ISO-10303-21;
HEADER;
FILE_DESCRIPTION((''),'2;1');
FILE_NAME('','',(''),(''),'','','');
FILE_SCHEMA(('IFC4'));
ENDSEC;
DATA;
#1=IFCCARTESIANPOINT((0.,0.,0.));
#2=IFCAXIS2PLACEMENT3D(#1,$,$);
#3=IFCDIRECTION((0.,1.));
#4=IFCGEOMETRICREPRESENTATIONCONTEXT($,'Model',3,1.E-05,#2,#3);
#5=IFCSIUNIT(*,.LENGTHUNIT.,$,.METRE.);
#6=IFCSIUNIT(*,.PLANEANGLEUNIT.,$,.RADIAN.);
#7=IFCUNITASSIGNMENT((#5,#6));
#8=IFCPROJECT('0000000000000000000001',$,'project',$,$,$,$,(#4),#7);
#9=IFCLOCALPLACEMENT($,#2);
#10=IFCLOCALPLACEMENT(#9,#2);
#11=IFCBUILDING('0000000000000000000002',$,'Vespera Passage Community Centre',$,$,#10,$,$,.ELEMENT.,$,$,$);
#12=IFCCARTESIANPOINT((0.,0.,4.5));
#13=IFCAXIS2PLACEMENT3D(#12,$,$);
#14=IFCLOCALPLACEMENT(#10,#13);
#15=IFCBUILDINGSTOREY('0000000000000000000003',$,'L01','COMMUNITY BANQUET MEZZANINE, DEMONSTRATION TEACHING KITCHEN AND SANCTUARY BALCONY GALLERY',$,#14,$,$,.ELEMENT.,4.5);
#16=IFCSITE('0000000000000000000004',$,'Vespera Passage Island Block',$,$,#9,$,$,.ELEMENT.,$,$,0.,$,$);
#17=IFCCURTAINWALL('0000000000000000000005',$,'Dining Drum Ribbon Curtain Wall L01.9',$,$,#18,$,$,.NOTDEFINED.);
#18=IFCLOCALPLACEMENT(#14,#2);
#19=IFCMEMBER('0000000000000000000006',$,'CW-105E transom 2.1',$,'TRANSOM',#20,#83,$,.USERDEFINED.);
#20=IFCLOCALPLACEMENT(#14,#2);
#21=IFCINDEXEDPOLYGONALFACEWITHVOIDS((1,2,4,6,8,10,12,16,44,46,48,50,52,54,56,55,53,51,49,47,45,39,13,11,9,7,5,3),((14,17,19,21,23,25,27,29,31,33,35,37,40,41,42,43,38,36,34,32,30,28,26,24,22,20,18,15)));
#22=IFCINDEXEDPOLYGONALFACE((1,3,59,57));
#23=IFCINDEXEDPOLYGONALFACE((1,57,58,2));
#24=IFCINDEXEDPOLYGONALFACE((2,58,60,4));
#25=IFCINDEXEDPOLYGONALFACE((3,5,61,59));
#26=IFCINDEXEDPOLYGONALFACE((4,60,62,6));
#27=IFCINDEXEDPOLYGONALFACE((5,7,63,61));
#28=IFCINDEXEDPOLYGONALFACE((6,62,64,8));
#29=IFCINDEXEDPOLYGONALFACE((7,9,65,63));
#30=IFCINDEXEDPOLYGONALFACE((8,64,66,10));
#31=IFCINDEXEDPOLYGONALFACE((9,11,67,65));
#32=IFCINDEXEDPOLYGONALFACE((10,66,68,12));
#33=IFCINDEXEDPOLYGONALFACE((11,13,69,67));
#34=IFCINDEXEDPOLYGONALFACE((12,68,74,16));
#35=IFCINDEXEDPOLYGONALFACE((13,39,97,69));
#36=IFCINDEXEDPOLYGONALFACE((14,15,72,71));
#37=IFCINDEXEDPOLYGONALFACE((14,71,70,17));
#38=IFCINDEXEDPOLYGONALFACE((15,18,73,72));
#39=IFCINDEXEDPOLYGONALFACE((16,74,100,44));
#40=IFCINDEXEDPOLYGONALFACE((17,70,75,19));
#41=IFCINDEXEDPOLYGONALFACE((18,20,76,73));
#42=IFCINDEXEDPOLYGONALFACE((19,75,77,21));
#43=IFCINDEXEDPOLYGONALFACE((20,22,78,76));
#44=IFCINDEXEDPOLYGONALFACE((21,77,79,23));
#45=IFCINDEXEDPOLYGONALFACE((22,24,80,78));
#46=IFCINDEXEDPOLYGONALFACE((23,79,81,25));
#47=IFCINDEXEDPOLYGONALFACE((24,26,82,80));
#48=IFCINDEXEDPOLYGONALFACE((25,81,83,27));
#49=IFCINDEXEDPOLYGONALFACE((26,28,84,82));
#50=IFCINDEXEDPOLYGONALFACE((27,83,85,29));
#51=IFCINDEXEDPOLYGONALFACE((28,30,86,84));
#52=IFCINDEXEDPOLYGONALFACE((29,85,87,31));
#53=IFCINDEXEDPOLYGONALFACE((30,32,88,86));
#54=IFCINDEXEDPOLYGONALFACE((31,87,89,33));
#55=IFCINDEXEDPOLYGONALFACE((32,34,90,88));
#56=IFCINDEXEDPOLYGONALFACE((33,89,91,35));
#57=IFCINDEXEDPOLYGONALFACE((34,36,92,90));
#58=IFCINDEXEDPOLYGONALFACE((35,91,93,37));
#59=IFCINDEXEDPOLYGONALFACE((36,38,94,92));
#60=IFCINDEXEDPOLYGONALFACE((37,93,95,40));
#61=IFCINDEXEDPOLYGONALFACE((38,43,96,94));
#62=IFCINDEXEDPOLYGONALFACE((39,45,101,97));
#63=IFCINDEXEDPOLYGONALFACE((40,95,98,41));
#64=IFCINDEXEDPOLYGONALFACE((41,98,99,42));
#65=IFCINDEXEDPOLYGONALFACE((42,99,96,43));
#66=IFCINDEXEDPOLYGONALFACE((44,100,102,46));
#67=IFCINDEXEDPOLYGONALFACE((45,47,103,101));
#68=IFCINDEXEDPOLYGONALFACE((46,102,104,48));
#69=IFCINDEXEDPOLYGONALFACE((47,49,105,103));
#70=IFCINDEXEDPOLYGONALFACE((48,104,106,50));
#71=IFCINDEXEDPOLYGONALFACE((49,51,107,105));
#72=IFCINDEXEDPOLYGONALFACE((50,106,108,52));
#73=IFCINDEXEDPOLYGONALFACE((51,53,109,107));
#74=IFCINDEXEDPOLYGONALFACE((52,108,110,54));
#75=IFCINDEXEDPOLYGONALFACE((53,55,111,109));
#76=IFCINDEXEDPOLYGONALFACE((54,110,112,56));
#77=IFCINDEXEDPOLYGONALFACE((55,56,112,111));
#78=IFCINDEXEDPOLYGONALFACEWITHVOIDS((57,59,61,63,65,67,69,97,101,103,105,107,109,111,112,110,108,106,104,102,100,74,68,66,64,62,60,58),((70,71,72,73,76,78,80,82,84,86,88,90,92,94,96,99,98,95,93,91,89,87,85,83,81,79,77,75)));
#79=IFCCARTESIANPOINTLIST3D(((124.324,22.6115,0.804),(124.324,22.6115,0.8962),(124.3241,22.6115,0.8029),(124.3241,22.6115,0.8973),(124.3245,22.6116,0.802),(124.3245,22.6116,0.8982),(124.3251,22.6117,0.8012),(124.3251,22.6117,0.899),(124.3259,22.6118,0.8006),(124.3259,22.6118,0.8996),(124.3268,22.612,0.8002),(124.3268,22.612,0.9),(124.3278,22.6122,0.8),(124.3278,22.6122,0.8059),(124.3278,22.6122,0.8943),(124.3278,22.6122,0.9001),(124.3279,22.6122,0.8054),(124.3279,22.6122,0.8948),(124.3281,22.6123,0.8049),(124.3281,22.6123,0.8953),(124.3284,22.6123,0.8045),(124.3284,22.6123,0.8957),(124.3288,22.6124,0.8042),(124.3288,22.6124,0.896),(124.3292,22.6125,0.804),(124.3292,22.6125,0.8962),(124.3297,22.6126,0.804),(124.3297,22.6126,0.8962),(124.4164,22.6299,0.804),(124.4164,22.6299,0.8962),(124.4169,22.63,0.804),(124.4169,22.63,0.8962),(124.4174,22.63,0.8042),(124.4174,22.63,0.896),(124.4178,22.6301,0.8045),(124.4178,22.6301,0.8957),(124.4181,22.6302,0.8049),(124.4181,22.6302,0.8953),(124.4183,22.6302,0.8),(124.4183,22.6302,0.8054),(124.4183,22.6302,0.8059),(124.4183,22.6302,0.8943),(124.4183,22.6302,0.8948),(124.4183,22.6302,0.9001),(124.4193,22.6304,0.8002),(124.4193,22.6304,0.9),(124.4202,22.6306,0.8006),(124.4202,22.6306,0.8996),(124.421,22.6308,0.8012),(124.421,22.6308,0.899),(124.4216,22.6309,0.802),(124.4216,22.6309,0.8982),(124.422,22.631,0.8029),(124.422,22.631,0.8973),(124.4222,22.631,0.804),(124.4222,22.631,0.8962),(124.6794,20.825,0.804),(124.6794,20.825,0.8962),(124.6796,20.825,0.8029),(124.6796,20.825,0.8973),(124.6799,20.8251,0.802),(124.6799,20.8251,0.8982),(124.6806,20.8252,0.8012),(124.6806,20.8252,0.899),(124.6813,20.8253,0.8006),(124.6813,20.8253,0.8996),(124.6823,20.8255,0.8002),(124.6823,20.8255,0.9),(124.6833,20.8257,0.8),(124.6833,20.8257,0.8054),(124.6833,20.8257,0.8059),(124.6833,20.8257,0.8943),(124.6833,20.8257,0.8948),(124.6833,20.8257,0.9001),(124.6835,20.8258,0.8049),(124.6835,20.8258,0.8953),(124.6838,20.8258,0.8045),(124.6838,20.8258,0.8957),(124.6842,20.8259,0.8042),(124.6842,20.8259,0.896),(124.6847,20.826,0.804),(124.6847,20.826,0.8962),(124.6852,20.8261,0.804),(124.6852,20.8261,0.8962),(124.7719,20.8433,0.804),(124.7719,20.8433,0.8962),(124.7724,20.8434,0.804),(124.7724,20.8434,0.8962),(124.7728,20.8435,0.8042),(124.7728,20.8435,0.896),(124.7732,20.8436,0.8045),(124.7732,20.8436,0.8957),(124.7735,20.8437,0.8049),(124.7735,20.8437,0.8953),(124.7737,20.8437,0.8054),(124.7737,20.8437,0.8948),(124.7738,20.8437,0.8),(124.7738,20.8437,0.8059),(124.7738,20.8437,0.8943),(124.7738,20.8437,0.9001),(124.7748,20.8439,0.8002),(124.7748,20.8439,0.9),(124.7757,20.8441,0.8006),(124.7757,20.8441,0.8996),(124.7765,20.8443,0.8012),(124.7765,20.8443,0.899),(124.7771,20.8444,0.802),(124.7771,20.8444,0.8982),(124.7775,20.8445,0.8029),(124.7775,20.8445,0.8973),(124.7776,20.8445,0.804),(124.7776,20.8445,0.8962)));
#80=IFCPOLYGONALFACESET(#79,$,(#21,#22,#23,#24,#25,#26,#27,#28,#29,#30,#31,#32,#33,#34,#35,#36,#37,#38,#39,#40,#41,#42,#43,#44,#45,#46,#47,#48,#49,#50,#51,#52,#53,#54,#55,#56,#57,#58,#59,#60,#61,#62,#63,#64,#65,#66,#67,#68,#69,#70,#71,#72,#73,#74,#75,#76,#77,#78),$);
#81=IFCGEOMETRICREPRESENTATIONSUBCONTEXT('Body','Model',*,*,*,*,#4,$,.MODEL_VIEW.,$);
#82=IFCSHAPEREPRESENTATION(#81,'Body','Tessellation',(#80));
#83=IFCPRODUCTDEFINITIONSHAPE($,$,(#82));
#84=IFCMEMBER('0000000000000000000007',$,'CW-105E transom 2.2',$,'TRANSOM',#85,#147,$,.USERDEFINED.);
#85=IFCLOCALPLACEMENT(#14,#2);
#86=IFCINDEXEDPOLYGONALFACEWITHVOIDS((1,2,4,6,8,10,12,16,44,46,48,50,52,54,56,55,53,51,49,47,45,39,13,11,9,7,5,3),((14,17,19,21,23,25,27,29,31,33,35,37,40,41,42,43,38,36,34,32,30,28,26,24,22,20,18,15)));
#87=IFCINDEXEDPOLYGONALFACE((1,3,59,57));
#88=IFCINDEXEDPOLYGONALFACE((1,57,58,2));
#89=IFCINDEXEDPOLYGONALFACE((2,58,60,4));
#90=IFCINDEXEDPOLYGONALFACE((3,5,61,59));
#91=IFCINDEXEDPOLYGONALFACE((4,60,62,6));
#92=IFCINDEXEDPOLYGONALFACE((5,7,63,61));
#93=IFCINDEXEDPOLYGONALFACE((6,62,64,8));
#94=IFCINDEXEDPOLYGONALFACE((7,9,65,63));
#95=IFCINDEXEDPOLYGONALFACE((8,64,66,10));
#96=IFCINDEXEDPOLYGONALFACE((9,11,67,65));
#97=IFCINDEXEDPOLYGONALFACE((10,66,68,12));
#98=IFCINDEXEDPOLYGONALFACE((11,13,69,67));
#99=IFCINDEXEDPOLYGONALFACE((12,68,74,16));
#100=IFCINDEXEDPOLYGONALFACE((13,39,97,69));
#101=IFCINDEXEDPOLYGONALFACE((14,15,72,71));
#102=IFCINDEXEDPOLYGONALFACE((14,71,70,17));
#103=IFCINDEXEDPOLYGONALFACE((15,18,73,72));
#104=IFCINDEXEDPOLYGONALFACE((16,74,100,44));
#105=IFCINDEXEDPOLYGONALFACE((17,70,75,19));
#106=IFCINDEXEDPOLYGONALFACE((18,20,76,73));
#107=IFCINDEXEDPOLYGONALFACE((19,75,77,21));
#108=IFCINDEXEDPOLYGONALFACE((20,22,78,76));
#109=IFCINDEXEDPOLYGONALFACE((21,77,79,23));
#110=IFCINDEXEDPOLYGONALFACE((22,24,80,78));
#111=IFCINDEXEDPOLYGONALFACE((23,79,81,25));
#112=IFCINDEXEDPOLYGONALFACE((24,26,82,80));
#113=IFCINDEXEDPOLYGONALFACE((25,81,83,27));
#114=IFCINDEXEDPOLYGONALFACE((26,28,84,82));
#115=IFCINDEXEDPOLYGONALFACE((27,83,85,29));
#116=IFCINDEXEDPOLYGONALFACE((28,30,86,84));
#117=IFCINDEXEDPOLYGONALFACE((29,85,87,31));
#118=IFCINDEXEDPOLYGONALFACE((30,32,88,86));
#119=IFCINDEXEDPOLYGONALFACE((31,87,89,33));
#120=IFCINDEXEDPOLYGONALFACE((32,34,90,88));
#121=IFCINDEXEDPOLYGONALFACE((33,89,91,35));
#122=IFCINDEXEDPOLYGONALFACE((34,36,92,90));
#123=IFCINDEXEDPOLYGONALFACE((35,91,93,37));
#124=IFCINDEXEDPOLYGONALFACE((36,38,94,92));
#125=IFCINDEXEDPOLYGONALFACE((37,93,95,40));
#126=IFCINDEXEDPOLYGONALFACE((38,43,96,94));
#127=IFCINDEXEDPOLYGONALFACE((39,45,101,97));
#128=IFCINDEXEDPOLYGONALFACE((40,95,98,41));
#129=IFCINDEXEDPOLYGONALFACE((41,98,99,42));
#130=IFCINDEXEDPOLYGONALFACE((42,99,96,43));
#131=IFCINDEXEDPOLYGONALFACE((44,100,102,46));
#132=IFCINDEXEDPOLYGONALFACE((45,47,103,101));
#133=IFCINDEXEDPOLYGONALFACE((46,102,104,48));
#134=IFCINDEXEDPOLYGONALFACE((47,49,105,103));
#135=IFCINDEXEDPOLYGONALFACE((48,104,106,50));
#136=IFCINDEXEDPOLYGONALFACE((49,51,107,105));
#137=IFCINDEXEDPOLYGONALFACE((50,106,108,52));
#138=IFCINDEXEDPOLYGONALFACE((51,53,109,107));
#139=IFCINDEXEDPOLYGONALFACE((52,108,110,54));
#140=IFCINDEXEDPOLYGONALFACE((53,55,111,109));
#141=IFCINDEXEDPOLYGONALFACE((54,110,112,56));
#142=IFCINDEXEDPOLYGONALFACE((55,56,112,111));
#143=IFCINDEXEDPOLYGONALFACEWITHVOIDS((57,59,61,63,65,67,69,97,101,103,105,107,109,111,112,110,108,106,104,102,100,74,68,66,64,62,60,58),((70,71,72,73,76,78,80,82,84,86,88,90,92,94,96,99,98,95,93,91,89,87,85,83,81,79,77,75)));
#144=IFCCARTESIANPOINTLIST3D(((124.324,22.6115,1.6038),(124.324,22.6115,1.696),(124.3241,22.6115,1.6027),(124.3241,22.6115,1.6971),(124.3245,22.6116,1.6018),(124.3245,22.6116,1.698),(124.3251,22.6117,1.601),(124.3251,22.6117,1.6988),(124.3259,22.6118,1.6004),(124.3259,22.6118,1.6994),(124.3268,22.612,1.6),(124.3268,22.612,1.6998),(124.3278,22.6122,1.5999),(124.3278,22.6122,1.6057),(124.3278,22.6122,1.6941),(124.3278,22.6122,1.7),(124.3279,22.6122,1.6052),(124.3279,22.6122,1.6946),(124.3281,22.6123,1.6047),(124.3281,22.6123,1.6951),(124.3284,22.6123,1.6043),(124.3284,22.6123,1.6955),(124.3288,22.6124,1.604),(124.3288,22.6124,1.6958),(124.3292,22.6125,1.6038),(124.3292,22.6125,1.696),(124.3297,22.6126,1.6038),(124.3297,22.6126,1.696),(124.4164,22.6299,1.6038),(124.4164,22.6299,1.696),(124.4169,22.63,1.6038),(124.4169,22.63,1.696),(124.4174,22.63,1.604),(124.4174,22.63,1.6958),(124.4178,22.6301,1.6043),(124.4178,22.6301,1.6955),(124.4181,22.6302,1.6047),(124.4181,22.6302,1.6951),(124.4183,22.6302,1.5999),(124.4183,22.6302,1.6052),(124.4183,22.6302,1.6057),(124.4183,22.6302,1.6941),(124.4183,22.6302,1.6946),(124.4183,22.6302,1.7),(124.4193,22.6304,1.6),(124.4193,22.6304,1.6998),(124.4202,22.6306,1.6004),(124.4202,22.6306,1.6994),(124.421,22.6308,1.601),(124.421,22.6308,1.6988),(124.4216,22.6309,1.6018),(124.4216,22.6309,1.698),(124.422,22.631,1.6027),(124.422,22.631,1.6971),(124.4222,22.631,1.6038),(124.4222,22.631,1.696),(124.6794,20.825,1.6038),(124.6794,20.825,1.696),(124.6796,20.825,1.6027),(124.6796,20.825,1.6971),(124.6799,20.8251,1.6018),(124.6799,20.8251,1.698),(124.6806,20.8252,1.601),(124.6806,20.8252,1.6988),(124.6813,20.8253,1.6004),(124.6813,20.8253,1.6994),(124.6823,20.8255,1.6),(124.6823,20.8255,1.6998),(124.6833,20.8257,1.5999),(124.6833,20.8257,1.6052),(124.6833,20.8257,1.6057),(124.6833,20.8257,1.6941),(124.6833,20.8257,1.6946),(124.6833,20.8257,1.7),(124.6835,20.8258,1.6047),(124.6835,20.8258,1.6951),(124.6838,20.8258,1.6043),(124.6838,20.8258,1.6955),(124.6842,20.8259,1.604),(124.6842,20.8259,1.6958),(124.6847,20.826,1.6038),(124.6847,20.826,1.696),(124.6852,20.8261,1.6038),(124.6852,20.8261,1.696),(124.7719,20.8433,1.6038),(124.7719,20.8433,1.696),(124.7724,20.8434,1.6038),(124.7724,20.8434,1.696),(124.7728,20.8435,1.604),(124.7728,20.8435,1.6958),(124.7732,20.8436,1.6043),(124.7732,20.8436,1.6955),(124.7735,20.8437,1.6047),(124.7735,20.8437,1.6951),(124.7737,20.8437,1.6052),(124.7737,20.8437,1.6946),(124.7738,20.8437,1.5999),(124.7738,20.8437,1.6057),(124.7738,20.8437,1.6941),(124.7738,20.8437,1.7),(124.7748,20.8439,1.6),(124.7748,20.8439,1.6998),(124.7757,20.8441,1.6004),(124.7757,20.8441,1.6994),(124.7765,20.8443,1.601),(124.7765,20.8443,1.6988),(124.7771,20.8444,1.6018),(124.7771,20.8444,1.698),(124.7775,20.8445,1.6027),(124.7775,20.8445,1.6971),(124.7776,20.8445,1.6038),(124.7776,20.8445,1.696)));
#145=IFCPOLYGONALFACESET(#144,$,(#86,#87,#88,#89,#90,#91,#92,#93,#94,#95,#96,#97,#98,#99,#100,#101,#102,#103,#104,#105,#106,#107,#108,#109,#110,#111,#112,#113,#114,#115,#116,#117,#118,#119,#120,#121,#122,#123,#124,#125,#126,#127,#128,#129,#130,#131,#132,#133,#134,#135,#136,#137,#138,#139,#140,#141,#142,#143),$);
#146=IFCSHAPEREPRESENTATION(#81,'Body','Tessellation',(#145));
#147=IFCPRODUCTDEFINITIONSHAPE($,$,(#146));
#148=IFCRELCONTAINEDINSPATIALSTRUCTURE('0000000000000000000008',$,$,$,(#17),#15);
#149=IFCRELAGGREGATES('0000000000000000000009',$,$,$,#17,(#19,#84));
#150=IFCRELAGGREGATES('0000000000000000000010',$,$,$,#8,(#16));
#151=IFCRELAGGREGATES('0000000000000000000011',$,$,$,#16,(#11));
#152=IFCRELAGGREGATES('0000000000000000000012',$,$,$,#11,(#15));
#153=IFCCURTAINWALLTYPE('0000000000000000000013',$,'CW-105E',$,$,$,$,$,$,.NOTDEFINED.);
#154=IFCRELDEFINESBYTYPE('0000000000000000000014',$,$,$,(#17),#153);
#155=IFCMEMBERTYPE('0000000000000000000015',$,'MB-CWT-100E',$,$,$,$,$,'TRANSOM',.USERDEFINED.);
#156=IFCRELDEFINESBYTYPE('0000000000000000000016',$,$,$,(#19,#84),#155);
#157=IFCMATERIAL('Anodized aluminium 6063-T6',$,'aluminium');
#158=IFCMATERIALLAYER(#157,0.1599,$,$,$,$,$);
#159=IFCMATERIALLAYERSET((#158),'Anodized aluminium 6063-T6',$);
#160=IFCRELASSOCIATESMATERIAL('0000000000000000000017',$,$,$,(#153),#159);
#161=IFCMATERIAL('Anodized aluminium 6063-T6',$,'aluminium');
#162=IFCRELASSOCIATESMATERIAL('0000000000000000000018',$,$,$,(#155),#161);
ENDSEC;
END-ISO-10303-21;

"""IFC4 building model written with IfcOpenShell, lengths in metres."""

from ifc_helpers import new_model, si_unit, direction, frame, origin, origin_2d, place, context, subcontext, project, spatial, hollow_rectangle, extrude, material, layer, layer_set, material_profile, profile_set, type_object, element, aggregate, save


model = new_model("IFC4")

# Units and contexts
model_context = context("Model", 3, precision=1e-05, world=origin(), true_north=direction((0.0, 1.0)))
body_context = subcontext(model_context, "Body", "Model", "MODEL_VIEW")
ifc_project = project(units=[si_unit("LENGTHUNIT", "METRE"), si_unit("PLANEANGLEUNIT", "RADIAN")], contexts=[model_context])

# Site, building, storey
site_placement = place(None, origin())
site = spatial("IfcSite", under=ifc_project, at=site_placement, Name="Vespera Passage Island Block", CompositionType="ELEMENT", RefElevation=0.0)
building_placement = place(site_placement, origin())
building = spatial("IfcBuilding", under=site, at=building_placement, Name="Vespera Passage Community Centre", CompositionType="ELEMENT")
storey_placement = place(building_placement, frame((0.0, 0.0, 4.5)))
storey = spatial("IfcBuildingStorey", under=building, at=storey_placement, Name="L01", Description="COMMUNITY BANQUET MEZZANINE, DEMONSTRATION TEACHING KITCHEN AND SANCTUARY BALCONY GALLERY", CompositionType="ELEMENT", Elevation=4.5)

# Curtain wall
ifc_material_1 = material(Name="Anodized aluminium 6063-T6", Category="aluminium")
ifc_layer_1 = layer(ifc_material_1, 0.1599)
ifc_layer_set_1 = layer_set([ifc_layer_1], Name="Anodized aluminium 6063-T6")
curtain_wall_type = type_object("IfcCurtainWallType", Name="CW-105E", PredefinedType="NOTDEFINED", material=ifc_layer_set_1)
curtain_wall_1_placement = place(storey_placement, origin())
curtain_wall_1 = element("IfcCurtainWall", 1, at=curtain_wall_1_placement, inside=storey, type_object=curtain_wall_type, Name="Dining Drum Ribbon Curtain Wall L01.9", PredefinedType="NOTDEFINED")

# Members
ifc_material_2 = material(Name="Anodized aluminium 6063-T6", Category="aluminium")
ifc_material_profile_1 = material_profile(ifc_material_2, hollow_rectangle(XDim=0.1001, YDim=0.1001, WallThickness=0.0039, InnerFilletRadius=0.002, OuterFilletRadius=0.0039, at=origin_2d()), Name="ALU100X100X4")
ifc_profile_set_1 = profile_set([ifc_material_profile_1], Name="Anodized aluminium 6063-T6")
member_type_1 = type_object("IfcMemberType", Name="MB-CWT-100E", ElementType="TRANSOM", PredefinedType="USERDEFINED", material=ifc_profile_set_1)
member_1_placement = place(storey_placement, frame((124.7285, 20.8347, 0.8501), z_axis=(-0.195137, 0.980776, 0.0), x_axis=(-0.980776, -0.195137, 0.0)))
member_1 = element("IfcMember", 2, at=member_1_placement, type_object=member_type_1, Name="CW-105E transom 2.1", ObjectType="TRANSOM", PredefinedType="USERDEFINED", context=body_context, shape_type="SweptSolid", body=[
    extrude(hollow_rectangle(XDim=0.1001, YDim=0.1001, WallThickness=0.0039, InnerFilletRadius=0.002, OuterFilletRadius=0.0039, at=origin_2d()), origin(), (0.0, 0.0, 1.0), 1.8215),
])
member_2_placement = place(storey_placement, frame((124.7285, 20.8347, 1.6499), z_axis=(-0.195137, 0.980776, 0.0), x_axis=(-0.980776, -0.195137, 0.0)))
member_2 = element("IfcMember", 3, at=member_2_placement, type_object=member_type_1, Name="CW-105E transom 2.2", ObjectType="TRANSOM", PredefinedType="USERDEFINED", context=body_context, shape_type="SweptSolid", body=[
    extrude(hollow_rectangle(XDim=0.1001, YDim=0.1001, WallThickness=0.0039, InnerFilletRadius=0.002, OuterFilletRadius=0.0039, at=origin_2d()), origin(), (0.0, 0.0, 1.0), 1.8215),
])

aggregate(curtain_wall_1, [member_1, member_2])

save(model, "model.ifc")
